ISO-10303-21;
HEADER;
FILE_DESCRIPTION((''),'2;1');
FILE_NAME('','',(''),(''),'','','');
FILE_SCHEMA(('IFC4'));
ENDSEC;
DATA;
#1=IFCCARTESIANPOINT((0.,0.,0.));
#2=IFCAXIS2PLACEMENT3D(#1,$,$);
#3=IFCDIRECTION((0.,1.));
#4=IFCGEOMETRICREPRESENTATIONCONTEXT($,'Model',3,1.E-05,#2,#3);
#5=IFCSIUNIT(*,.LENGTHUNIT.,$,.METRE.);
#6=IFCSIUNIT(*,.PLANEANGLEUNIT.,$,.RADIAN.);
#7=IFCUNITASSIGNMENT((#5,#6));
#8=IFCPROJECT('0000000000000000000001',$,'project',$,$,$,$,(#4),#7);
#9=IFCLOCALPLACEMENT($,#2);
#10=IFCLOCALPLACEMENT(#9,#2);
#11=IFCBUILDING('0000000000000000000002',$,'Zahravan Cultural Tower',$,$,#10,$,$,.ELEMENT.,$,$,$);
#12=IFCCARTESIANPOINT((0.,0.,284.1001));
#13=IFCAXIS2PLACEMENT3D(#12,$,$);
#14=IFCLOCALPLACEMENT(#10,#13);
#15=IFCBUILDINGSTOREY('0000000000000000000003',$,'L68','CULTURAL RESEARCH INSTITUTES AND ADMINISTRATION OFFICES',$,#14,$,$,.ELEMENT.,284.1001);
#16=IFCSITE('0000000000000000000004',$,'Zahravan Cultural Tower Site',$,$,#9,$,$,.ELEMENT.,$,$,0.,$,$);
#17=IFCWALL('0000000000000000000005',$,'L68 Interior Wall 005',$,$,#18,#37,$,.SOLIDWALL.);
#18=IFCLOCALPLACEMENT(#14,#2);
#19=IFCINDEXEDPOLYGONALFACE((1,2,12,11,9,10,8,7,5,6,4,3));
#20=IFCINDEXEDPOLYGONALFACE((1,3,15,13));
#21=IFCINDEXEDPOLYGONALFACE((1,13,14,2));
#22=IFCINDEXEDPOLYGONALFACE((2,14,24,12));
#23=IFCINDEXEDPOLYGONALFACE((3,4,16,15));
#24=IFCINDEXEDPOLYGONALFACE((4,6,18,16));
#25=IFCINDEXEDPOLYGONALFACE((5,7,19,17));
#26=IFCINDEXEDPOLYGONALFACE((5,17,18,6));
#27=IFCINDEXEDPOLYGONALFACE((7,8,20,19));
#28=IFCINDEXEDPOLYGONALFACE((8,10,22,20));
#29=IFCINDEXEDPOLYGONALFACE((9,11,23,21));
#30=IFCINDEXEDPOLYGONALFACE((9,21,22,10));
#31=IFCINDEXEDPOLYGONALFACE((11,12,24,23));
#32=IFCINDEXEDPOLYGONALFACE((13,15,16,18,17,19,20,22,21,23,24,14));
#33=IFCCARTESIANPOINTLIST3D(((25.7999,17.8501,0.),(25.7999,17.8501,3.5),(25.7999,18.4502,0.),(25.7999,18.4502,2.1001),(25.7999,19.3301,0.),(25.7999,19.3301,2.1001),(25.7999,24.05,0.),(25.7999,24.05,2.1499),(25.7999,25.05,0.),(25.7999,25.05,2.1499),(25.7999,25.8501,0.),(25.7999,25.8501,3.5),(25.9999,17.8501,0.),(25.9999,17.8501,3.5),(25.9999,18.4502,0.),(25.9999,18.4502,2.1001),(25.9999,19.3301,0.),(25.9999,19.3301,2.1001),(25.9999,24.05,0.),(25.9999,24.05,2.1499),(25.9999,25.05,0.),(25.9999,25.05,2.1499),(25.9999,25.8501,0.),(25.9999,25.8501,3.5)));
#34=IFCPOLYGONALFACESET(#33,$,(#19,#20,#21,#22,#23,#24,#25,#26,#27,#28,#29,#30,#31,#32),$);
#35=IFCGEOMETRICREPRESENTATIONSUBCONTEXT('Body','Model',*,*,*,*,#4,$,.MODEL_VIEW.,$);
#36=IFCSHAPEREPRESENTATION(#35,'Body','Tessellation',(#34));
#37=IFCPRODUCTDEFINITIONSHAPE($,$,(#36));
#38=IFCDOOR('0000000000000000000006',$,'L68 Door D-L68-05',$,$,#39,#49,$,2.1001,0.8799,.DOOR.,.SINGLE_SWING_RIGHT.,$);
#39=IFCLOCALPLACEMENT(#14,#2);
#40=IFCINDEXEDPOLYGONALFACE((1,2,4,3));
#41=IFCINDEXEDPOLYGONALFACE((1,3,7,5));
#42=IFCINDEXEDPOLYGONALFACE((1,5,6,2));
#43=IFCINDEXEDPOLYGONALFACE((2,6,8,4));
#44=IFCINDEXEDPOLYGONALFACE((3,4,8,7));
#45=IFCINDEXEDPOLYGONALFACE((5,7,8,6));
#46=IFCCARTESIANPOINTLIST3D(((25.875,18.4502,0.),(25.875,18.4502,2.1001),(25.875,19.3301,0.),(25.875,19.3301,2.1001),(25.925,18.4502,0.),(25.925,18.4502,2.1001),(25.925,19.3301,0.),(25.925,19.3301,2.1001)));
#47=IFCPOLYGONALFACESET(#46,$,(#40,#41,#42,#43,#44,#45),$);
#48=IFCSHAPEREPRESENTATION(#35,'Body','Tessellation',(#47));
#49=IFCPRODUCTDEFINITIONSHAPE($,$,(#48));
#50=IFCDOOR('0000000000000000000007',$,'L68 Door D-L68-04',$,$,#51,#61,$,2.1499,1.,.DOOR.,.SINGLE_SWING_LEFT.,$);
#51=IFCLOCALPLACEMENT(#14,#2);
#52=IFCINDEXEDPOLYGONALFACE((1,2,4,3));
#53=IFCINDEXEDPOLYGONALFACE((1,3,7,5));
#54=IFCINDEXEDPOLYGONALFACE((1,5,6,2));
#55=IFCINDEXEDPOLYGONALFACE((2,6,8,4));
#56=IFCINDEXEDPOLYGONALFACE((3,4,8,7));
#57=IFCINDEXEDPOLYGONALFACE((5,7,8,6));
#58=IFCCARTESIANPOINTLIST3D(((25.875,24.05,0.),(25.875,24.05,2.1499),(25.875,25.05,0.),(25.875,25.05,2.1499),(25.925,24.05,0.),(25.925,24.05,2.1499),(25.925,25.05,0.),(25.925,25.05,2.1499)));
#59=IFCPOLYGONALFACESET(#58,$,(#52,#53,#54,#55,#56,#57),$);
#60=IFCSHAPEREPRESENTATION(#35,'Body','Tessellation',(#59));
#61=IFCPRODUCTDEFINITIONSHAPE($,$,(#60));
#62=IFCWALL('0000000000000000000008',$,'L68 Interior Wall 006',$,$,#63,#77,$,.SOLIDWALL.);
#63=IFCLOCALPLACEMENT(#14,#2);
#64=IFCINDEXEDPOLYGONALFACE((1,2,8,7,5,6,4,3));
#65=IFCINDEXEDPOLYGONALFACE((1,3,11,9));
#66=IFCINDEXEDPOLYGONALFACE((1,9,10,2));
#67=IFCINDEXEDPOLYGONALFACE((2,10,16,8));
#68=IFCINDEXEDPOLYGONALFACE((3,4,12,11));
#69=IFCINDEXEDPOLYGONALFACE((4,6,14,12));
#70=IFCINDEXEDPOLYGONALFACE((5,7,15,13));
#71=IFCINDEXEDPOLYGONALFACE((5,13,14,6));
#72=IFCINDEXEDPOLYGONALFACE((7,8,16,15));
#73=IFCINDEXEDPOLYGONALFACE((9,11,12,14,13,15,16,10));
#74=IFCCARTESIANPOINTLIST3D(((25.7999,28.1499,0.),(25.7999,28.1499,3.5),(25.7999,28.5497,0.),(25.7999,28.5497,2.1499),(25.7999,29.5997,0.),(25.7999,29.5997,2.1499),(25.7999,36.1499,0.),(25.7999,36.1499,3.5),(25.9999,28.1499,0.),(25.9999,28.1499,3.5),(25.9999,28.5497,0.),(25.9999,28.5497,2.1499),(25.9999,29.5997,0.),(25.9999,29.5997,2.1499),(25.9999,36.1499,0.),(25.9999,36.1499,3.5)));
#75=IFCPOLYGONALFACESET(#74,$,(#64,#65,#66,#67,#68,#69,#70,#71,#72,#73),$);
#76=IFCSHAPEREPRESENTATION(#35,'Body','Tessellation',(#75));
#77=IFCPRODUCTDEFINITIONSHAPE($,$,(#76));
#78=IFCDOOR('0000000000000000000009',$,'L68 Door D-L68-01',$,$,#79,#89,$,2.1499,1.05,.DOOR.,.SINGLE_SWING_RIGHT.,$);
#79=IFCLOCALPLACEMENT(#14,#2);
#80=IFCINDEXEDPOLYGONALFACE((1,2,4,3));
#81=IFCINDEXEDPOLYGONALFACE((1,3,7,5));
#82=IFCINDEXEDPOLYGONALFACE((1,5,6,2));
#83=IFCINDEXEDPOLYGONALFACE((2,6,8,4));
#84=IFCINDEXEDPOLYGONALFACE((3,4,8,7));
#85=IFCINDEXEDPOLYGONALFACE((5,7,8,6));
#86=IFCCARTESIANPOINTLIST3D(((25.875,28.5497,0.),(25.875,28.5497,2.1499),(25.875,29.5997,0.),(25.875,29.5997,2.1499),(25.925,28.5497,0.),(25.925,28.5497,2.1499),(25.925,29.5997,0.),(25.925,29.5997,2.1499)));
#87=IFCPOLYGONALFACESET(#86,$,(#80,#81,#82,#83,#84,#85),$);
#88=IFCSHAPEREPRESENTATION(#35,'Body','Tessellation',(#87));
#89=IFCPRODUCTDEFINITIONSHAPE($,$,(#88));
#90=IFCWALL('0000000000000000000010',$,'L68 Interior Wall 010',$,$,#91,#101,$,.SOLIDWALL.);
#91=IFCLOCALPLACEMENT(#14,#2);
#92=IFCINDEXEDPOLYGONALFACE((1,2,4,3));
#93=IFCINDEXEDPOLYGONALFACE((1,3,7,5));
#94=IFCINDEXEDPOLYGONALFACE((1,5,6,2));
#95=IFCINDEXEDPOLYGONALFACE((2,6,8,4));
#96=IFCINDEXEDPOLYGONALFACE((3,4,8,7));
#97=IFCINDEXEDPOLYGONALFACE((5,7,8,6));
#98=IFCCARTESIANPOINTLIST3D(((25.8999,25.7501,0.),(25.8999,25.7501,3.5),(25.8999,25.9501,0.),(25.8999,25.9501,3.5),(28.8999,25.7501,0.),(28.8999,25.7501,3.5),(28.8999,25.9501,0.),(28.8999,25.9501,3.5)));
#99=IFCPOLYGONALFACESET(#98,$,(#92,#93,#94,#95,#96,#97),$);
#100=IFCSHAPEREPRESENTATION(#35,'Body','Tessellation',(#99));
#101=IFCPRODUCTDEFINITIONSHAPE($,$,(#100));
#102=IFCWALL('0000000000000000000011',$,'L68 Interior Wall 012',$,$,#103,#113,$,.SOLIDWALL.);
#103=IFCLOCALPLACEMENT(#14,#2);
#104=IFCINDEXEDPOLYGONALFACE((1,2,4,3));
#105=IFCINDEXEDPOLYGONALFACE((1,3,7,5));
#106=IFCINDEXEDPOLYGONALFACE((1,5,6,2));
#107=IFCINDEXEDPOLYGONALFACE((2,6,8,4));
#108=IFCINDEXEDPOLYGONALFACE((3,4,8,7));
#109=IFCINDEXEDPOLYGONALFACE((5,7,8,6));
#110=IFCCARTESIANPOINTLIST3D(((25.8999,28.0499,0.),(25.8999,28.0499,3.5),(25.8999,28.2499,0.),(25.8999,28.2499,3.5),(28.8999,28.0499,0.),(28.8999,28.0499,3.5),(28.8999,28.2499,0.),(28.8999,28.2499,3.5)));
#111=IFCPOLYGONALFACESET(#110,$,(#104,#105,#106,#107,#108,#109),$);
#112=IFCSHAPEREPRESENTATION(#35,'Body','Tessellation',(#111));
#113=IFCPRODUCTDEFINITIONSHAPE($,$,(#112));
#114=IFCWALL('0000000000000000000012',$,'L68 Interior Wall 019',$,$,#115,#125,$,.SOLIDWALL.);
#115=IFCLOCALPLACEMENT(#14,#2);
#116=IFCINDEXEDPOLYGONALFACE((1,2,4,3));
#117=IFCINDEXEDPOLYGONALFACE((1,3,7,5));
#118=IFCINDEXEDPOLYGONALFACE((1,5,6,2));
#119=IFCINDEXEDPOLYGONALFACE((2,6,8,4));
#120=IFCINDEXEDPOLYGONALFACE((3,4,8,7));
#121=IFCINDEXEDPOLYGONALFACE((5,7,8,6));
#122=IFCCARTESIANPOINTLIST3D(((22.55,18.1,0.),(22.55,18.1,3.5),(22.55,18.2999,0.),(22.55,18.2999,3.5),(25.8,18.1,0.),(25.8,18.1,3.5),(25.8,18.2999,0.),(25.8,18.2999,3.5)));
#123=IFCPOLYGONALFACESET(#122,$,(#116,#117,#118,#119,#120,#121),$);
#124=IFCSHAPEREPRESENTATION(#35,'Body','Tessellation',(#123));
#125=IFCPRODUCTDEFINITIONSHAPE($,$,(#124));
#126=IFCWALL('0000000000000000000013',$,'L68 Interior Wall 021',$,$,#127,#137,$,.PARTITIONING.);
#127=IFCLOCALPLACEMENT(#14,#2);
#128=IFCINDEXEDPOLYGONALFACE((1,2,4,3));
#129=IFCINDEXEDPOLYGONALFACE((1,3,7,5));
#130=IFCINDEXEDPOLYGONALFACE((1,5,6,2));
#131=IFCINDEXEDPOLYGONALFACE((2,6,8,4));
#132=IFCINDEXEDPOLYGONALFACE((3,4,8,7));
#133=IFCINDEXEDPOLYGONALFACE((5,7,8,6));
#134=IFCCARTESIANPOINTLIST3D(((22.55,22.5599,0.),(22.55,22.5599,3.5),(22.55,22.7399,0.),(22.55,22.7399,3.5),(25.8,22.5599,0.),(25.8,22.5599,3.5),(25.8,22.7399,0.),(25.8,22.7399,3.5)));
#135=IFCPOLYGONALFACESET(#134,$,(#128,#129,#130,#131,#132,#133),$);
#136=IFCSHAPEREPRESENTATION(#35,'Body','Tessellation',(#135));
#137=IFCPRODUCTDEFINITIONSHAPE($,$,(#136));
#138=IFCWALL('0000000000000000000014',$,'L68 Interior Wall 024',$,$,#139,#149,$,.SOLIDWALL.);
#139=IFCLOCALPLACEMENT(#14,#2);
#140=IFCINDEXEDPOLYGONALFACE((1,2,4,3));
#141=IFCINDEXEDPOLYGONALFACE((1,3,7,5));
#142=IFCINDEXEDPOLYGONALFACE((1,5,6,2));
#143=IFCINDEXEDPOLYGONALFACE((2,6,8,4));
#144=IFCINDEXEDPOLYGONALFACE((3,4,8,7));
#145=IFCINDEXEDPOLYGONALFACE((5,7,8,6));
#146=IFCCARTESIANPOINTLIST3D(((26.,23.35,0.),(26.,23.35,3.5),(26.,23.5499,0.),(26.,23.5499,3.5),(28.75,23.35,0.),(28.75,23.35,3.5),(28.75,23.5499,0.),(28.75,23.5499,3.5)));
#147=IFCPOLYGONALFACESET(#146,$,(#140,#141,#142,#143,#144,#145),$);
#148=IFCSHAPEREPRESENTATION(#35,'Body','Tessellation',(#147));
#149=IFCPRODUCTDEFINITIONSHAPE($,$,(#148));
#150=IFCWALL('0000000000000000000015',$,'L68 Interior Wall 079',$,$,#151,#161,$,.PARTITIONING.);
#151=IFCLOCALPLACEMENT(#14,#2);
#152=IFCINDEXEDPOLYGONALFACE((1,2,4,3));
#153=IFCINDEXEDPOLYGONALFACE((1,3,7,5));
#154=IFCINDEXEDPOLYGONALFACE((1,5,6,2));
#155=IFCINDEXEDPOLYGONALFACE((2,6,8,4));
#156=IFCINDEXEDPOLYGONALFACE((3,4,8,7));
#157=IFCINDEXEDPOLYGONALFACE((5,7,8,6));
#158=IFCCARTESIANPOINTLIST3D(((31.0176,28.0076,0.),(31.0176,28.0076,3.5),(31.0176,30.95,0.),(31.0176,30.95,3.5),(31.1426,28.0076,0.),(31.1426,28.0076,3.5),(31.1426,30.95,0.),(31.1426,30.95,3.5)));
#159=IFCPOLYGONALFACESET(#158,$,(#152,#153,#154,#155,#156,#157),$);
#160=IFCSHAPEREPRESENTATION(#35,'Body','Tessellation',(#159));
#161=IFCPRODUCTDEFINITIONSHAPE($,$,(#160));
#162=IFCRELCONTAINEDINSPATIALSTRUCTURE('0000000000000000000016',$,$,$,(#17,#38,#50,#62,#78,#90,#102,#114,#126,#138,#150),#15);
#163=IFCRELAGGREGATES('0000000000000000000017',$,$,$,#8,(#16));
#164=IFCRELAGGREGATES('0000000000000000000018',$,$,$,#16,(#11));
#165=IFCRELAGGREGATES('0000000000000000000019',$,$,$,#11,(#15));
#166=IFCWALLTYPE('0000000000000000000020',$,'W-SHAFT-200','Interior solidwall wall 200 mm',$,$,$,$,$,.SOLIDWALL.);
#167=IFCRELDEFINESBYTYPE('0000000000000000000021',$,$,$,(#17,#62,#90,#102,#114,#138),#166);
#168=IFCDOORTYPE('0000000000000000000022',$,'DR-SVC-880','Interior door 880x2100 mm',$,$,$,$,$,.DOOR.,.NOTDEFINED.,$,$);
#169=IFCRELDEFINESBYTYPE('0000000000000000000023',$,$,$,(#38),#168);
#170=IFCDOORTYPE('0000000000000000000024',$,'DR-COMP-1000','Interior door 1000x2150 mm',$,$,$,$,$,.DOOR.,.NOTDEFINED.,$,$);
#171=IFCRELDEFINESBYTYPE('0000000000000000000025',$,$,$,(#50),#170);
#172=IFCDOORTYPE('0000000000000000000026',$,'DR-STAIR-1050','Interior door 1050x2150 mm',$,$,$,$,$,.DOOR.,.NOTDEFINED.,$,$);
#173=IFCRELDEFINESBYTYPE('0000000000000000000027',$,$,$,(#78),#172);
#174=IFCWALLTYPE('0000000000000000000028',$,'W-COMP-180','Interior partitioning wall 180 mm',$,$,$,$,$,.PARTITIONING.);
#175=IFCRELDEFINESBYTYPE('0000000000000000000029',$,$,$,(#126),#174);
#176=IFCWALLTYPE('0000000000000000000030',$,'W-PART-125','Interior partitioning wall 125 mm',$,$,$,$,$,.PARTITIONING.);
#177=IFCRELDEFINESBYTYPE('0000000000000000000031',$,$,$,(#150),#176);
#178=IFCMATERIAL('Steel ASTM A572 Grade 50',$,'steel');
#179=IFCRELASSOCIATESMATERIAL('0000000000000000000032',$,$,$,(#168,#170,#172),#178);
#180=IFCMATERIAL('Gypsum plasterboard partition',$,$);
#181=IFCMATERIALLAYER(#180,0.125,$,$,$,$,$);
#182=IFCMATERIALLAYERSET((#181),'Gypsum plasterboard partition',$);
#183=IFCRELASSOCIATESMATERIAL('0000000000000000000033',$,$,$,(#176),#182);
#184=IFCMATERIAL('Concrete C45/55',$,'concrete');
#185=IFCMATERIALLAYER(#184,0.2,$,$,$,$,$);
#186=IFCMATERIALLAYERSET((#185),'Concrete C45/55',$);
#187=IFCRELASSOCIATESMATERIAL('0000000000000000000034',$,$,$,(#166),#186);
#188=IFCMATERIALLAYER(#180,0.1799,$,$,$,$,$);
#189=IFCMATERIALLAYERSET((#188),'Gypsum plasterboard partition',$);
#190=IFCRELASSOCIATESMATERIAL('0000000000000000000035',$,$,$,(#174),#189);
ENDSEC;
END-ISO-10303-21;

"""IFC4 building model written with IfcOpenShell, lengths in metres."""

from ifc_helpers import new_model, si_unit, direction, frame, frame_2d, origin, place, context, subcontext, project, spatial, rectangle, extrude, source, transform, mapped, material, layer, layer_set, type_object, element, fill, save


model = new_model("IFC4")

# Units and contexts
model_context = context("Model", 3, precision=1e-05, world=origin(), true_north=direction((0.0, 1.0)))
body_context = subcontext(model_context, "Body", "Model", "MODEL_VIEW")
ifc_project = project(units=[si_unit("LENGTHUNIT", "METRE"), si_unit("PLANEANGLEUNIT", "RADIAN")], contexts=[model_context])

# Site, building, storey
site_placement = place(None, origin())
site = spatial("IfcSite", under=ifc_project, at=site_placement, Name="Zahravan Cultural Tower Site", CompositionType="ELEMENT", RefElevation=0.0)
building_placement = place(site_placement, origin())
building = spatial("IfcBuilding", under=site, at=building_placement, Name="Zahravan Cultural Tower", CompositionType="ELEMENT")
storey_placement = place(building_placement, frame((0.0, 0.0, 284.1001)))
storey = spatial("IfcBuildingStorey", under=building, at=storey_placement, Name="L68", Description="CULTURAL RESEARCH INSTITUTES AND ADMINISTRATION OFFICES", CompositionType="ELEMENT", Elevation=284.1001)

# Shared definitions
ifc_material_1 = material(Name="Steel ASTM A572 Grade 50", Category="steel")
door_type_1 = type_object("IfcDoorType", Name="DR-SVC-880", Description="Interior door 880x2100 mm", OperationType="NOTDEFINED", PredefinedType="DOOR", material=ifc_material_1)
shared_shape_1 = source(origin(), body_context, "Body", "SweptSolid", [
    extrude(rectangle(XDim=0.8799, YDim=2.1001, at=frame_2d((0.4399, 1.05))), frame((0.0, 0.0249, 0.0), z_axis=(0.0, -1.0, 0.0), x_axis=(1.0, 0.0, 0.0)), (0.0, 0.0, 1.0), 0.05),
])

# Shared definitions
ifc_material_2 = material(Name="Gypsum plasterboard partition")
ifc_layer_1 = layer(ifc_material_2, 0.125)
ifc_layer_set_1 = layer_set([ifc_layer_1], Name="Gypsum plasterboard partition")
wall_type_1 = type_object("IfcWallType", Name="W-PART-125", Description="Interior partitioning wall 125 mm", PredefinedType="PARTITIONING", material=ifc_layer_set_1)

# Wall, openings, doors
ifc_material_3 = material(Name="Concrete C45/55", Category="concrete")
ifc_layer_2 = layer(ifc_material_3, 0.2)
ifc_layer_set_2 = layer_set([ifc_layer_2], Name="Concrete C45/55")
wall_type_2 = type_object("IfcWallType", Name="W-SHAFT-200", Description="Interior solidwall wall 200 mm", PredefinedType="SOLIDWALL", material=ifc_layer_set_2)
wall_1_placement = place(storey_placement, frame((25.8999, 17.8501, 0.0), z_axis=(0.0, 0.0, 1.0), x_axis=(0.0, 1.0, 0.0)))
wall_1 = element("IfcWall", 1, at=wall_1_placement, inside=storey, type_object=wall_type_2, Name="L68 Interior Wall 005", PredefinedType="SOLIDWALL", context=body_context, shape_type="SweptSolid", body=[
    extrude(rectangle(XDim=8.0, YDim=0.2, at=frame_2d((4.0, 0.0))), origin(), (0.0, 0.0, 1.0), 3.5),
])
opening_1_placement = place(wall_1_placement, frame((6.2, 0.0, 0.0)))
opening_1 = element("IfcOpeningElement", 2, at=opening_1_placement, cuts=wall_1, PredefinedType="OPENING", context=body_context, shape_type="SweptSolid", body=[
    extrude(rectangle(XDim=1.0, YDim=2.1499, at=frame_2d((0.5, 1.075))), frame((0.0, 0.1099, 0.0), z_axis=(0.0, -1.0, 0.0), x_axis=(1.0, 0.0, 0.0)), (0.0, 0.0, 1.0), 0.22),
])
opening_2_placement = place(wall_1_placement, frame((0.6001, 0.0, 0.0)))
opening_2 = element("IfcOpeningElement", 3, at=opening_2_placement, cuts=wall_1, PredefinedType="OPENING", context=body_context, shape_type="SweptSolid", body=[
    extrude(rectangle(XDim=0.8799, YDim=2.1001, at=frame_2d((0.4399, 1.05))), frame((0.0, 0.1099, 0.0), z_axis=(0.0, -1.0, 0.0), x_axis=(1.0, 0.0, 0.0)), (0.0, 0.0, 1.0), 0.22),
])
door_1_placement = place(opening_2_placement, origin())
door_1 = element("IfcDoor", 4, at=door_1_placement, inside=storey, type_object=door_type_1, Name="L68 Door D-L68-05", OperationType="SINGLE_SWING_RIGHT", OverallHeight=2.1001, OverallWidth=0.8799, PredefinedType="DOOR", context=body_context, shape_type="MappedRepresentation", body=[
    mapped(shared_shape_1, transform((0.0, 0.0, 0.0), x_axis=(1.0, 0.0, 0.0), y_axis=(0.0, 1.0, 0.0), z_axis=(0.0, 0.0, 1.0), scale=1.0)),
])
fill(opening_2, door_1)
door_type_2 = type_object("IfcDoorType", Name="DR-COMP-1000", Description="Interior door 1000x2150 mm", OperationType="NOTDEFINED", PredefinedType="DOOR", material=ifc_material_1)
shared_shape_2 = source(origin(), body_context, "Body", "SweptSolid", [
    extrude(rectangle(XDim=1.0, YDim=2.1499, at=frame_2d((0.5, 1.075))), frame((0.0, 0.0249, 0.0), z_axis=(0.0, -1.0, 0.0), x_axis=(1.0, 0.0, 0.0)), (0.0, 0.0, 1.0), 0.05),
])
door_2_placement = place(opening_1_placement, origin())
door_2 = element("IfcDoor", 5, at=door_2_placement, inside=storey, type_object=door_type_2, Name="L68 Door D-L68-04", OperationType="SINGLE_SWING_LEFT", OverallHeight=2.1499, OverallWidth=1.0, PredefinedType="DOOR", context=body_context, shape_type="MappedRepresentation", body=[
    mapped(shared_shape_2, transform((0.0, 0.0, 0.0), x_axis=(1.0, 0.0, 0.0), y_axis=(0.0, 1.0, 0.0), z_axis=(0.0, 0.0, 1.0), scale=1.0)),
])
fill(opening_1, door_2)

# Wall, opening, door
wall_2_placement = place(storey_placement, frame((25.8999, 28.1499, 0.0), z_axis=(0.0, 0.0, 1.0), x_axis=(0.0, 1.0, 0.0)))
wall_2 = element("IfcWall", 6, at=wall_2_placement, inside=storey, type_object=wall_type_2, Name="L68 Interior Wall 006", PredefinedType="SOLIDWALL", context=body_context, shape_type="SweptSolid", body=[
    extrude(rectangle(XDim=8.0, YDim=0.2, at=frame_2d((4.0, 0.0))), origin(), (0.0, 0.0, 1.0), 3.5),
])
opening_3_placement = place(wall_2_placement, frame((0.3999, 0.0, 0.0)))
opening_3 = element("IfcOpeningElement", 7, at=opening_3_placement, cuts=wall_2, PredefinedType="OPENING", context=body_context, shape_type="SweptSolid", body=[
    extrude(rectangle(XDim=1.05, YDim=2.1499, at=frame_2d((0.5249, 1.075))), frame((0.0, 0.1099, 0.0), z_axis=(0.0, -1.0, 0.0), x_axis=(1.0, 0.0, 0.0)), (0.0, 0.0, 1.0), 0.22),
])
door_type_3 = type_object("IfcDoorType", Name="DR-STAIR-1050", Description="Interior door 1050x2150 mm", OperationType="NOTDEFINED", PredefinedType="DOOR", material=ifc_material_1)
shared_shape_3 = source(origin(), body_context, "Body", "SweptSolid", [
    extrude(rectangle(XDim=1.05, YDim=2.1499, at=frame_2d((0.5249, 1.075))), frame((0.0, 0.0249, 0.0), z_axis=(0.0, -1.0, 0.0), x_axis=(1.0, 0.0, 0.0)), (0.0, 0.0, 1.0), 0.05),
])
door_3_placement = place(opening_3_placement, origin())
door_3 = element("IfcDoor", 8, at=door_3_placement, inside=storey, type_object=door_type_3, Name="L68 Door D-L68-01", OperationType="SINGLE_SWING_RIGHT", OverallHeight=2.1499, OverallWidth=1.05, PredefinedType="DOOR", context=body_context, shape_type="MappedRepresentation", body=[
    mapped(shared_shape_3, transform((0.0, 0.0, 0.0), x_axis=(1.0, 0.0, 0.0), y_axis=(0.0, 1.0, 0.0), z_axis=(0.0, 0.0, 1.0), scale=1.0)),
])
fill(opening_3, door_3)

# Walls
shared_shape_4 = source(origin(), body_context, "Body", "SweptSolid", [
    extrude(rectangle(XDim=3.0, YDim=0.2, at=frame_2d((1.5, 0.0))), origin(), (0.0, 0.0, 1.0), 3.5),
])
for number, where, z_axis, x_axis, name in (
    (9, (25.8999, 25.8501, 0.0), (0.0, 0.0, 1.0), (1.0, 0.0, 0.0), "L68 Interior Wall 010"),
    (10, (25.8999, 28.1499, 0.0), (0.0, 0.0, 1.0), (1.0, 0.0, 0.0), "L68 Interior Wall 012"),
):
    element("IfcWall", number, at=place(storey_placement, frame(where, z_axis=z_axis, x_axis=x_axis)), inside=storey, type_object=wall_type_2, Name=name, PredefinedType="SOLIDWALL", context=body_context, shape_type="MappedRepresentation", body=[
        mapped(shared_shape_4, transform((0.0, 0.0, 0.0), x_axis=(1.0, 0.0, 0.0), y_axis=(0.0, 1.0, 0.0), z_axis=(0.0, 0.0, 1.0), scale=1.0)),
    ])
shared_shape_5 = source(origin(), body_context, "Body", "SweptSolid", [
    extrude(rectangle(XDim=3.25, YDim=0.2, at=frame_2d((1.625, 0.0))), origin(), (0.0, 0.0, 1.0), 3.5),
])
wall_3_placement = place(storey_placement, frame((22.55, 18.2, 0.0), z_axis=(0.0, 0.0, 1.0), x_axis=(1.0, 0.0, 0.0)))
element("IfcWall", 11, at=wall_3_placement, inside=storey, type_object=wall_type_2, Name="L68 Interior Wall 019", PredefinedType="SOLIDWALL", context=body_context, shape_type="MappedRepresentation", body=[
    mapped(shared_shape_5, transform((0.0, 0.0, 0.0), x_axis=(1.0, 0.0, 0.0), y_axis=(0.0, 1.0, 0.0), z_axis=(0.0, 0.0, 1.0), scale=1.0)),
])
ifc_layer_3 = layer(ifc_material_2, 0.1799)
ifc_layer_set_3 = layer_set([ifc_layer_3], Name="Gypsum plasterboard partition")
wall_type_3 = type_object("IfcWallType", Name="W-COMP-180", Description="Interior partitioning wall 180 mm", PredefinedType="PARTITIONING", material=ifc_layer_set_3)
shared_shape_6 = source(origin(), body_context, "Body", "SweptSolid", [
    extrude(rectangle(XDim=3.25, YDim=0.1799, at=frame_2d((1.625, 0.0))), origin(), (0.0, 0.0, 1.0), 3.5),
])
wall_4_placement = place(storey_placement, frame((22.55, 22.6499, 0.0), z_axis=(0.0, 0.0, 1.0), x_axis=(1.0, 0.0, 0.0)))
element("IfcWall", 12, at=wall_4_placement, inside=storey, type_object=wall_type_3, Name="L68 Interior Wall 021", PredefinedType="PARTITIONING", context=body_context, shape_type="MappedRepresentation", body=[
    mapped(shared_shape_6, transform((0.0, 0.0, 0.0), x_axis=(1.0, 0.0, 0.0), y_axis=(0.0, 1.0, 0.0), z_axis=(0.0, 0.0, 1.0), scale=1.0)),
])
shared_shape_7 = source(origin(), body_context, "Body", "SweptSolid", [
    extrude(rectangle(XDim=2.75, YDim=0.2, at=frame_2d((1.375, 0.0))), origin(), (0.0, 0.0, 1.0), 3.5),
])
wall_5_placement = place(storey_placement, frame((26.0, 23.45, 0.0), z_axis=(0.0, 0.0, 1.0), x_axis=(1.0, 0.0, 0.0)))
element("IfcWall", 13, at=wall_5_placement, inside=storey, type_object=wall_type_2, Name="L68 Interior Wall 024", PredefinedType="SOLIDWALL", context=body_context, shape_type="MappedRepresentation", body=[
    mapped(shared_shape_7, transform((0.0, 0.0, 0.0), x_axis=(1.0, 0.0, 0.0), y_axis=(0.0, 1.0, 0.0), z_axis=(0.0, 0.0, 1.0), scale=1.0)),
])
shared_shape_8 = source(origin(), body_context, "Body", "SweptSolid", [
    extrude(rectangle(XDim=2.9424, YDim=0.125, at=frame_2d((1.4712, 0.0))), origin(), (0.0, 0.0, 1.0), 3.5),
])
wall_6_placement = place(storey_placement, frame((31.0801, 28.0076, 0.0), z_axis=(0.0, 0.0, 1.0), x_axis=(0.0, 1.0, 0.0)))
element("IfcWall", 14, at=wall_6_placement, inside=storey, type_object=wall_type_1, Name="L68 Interior Wall 079", PredefinedType="PARTITIONING", context=body_context, shape_type="MappedRepresentation", body=[
    mapped(shared_shape_8, transform((0.0, 0.0, 0.0), x_axis=(1.0, 0.0, 0.0), y_axis=(0.0, 1.0, 0.0), z_axis=(0.0, 0.0, 1.0), scale=1.0)),
])

save(model, "model.ifc")
